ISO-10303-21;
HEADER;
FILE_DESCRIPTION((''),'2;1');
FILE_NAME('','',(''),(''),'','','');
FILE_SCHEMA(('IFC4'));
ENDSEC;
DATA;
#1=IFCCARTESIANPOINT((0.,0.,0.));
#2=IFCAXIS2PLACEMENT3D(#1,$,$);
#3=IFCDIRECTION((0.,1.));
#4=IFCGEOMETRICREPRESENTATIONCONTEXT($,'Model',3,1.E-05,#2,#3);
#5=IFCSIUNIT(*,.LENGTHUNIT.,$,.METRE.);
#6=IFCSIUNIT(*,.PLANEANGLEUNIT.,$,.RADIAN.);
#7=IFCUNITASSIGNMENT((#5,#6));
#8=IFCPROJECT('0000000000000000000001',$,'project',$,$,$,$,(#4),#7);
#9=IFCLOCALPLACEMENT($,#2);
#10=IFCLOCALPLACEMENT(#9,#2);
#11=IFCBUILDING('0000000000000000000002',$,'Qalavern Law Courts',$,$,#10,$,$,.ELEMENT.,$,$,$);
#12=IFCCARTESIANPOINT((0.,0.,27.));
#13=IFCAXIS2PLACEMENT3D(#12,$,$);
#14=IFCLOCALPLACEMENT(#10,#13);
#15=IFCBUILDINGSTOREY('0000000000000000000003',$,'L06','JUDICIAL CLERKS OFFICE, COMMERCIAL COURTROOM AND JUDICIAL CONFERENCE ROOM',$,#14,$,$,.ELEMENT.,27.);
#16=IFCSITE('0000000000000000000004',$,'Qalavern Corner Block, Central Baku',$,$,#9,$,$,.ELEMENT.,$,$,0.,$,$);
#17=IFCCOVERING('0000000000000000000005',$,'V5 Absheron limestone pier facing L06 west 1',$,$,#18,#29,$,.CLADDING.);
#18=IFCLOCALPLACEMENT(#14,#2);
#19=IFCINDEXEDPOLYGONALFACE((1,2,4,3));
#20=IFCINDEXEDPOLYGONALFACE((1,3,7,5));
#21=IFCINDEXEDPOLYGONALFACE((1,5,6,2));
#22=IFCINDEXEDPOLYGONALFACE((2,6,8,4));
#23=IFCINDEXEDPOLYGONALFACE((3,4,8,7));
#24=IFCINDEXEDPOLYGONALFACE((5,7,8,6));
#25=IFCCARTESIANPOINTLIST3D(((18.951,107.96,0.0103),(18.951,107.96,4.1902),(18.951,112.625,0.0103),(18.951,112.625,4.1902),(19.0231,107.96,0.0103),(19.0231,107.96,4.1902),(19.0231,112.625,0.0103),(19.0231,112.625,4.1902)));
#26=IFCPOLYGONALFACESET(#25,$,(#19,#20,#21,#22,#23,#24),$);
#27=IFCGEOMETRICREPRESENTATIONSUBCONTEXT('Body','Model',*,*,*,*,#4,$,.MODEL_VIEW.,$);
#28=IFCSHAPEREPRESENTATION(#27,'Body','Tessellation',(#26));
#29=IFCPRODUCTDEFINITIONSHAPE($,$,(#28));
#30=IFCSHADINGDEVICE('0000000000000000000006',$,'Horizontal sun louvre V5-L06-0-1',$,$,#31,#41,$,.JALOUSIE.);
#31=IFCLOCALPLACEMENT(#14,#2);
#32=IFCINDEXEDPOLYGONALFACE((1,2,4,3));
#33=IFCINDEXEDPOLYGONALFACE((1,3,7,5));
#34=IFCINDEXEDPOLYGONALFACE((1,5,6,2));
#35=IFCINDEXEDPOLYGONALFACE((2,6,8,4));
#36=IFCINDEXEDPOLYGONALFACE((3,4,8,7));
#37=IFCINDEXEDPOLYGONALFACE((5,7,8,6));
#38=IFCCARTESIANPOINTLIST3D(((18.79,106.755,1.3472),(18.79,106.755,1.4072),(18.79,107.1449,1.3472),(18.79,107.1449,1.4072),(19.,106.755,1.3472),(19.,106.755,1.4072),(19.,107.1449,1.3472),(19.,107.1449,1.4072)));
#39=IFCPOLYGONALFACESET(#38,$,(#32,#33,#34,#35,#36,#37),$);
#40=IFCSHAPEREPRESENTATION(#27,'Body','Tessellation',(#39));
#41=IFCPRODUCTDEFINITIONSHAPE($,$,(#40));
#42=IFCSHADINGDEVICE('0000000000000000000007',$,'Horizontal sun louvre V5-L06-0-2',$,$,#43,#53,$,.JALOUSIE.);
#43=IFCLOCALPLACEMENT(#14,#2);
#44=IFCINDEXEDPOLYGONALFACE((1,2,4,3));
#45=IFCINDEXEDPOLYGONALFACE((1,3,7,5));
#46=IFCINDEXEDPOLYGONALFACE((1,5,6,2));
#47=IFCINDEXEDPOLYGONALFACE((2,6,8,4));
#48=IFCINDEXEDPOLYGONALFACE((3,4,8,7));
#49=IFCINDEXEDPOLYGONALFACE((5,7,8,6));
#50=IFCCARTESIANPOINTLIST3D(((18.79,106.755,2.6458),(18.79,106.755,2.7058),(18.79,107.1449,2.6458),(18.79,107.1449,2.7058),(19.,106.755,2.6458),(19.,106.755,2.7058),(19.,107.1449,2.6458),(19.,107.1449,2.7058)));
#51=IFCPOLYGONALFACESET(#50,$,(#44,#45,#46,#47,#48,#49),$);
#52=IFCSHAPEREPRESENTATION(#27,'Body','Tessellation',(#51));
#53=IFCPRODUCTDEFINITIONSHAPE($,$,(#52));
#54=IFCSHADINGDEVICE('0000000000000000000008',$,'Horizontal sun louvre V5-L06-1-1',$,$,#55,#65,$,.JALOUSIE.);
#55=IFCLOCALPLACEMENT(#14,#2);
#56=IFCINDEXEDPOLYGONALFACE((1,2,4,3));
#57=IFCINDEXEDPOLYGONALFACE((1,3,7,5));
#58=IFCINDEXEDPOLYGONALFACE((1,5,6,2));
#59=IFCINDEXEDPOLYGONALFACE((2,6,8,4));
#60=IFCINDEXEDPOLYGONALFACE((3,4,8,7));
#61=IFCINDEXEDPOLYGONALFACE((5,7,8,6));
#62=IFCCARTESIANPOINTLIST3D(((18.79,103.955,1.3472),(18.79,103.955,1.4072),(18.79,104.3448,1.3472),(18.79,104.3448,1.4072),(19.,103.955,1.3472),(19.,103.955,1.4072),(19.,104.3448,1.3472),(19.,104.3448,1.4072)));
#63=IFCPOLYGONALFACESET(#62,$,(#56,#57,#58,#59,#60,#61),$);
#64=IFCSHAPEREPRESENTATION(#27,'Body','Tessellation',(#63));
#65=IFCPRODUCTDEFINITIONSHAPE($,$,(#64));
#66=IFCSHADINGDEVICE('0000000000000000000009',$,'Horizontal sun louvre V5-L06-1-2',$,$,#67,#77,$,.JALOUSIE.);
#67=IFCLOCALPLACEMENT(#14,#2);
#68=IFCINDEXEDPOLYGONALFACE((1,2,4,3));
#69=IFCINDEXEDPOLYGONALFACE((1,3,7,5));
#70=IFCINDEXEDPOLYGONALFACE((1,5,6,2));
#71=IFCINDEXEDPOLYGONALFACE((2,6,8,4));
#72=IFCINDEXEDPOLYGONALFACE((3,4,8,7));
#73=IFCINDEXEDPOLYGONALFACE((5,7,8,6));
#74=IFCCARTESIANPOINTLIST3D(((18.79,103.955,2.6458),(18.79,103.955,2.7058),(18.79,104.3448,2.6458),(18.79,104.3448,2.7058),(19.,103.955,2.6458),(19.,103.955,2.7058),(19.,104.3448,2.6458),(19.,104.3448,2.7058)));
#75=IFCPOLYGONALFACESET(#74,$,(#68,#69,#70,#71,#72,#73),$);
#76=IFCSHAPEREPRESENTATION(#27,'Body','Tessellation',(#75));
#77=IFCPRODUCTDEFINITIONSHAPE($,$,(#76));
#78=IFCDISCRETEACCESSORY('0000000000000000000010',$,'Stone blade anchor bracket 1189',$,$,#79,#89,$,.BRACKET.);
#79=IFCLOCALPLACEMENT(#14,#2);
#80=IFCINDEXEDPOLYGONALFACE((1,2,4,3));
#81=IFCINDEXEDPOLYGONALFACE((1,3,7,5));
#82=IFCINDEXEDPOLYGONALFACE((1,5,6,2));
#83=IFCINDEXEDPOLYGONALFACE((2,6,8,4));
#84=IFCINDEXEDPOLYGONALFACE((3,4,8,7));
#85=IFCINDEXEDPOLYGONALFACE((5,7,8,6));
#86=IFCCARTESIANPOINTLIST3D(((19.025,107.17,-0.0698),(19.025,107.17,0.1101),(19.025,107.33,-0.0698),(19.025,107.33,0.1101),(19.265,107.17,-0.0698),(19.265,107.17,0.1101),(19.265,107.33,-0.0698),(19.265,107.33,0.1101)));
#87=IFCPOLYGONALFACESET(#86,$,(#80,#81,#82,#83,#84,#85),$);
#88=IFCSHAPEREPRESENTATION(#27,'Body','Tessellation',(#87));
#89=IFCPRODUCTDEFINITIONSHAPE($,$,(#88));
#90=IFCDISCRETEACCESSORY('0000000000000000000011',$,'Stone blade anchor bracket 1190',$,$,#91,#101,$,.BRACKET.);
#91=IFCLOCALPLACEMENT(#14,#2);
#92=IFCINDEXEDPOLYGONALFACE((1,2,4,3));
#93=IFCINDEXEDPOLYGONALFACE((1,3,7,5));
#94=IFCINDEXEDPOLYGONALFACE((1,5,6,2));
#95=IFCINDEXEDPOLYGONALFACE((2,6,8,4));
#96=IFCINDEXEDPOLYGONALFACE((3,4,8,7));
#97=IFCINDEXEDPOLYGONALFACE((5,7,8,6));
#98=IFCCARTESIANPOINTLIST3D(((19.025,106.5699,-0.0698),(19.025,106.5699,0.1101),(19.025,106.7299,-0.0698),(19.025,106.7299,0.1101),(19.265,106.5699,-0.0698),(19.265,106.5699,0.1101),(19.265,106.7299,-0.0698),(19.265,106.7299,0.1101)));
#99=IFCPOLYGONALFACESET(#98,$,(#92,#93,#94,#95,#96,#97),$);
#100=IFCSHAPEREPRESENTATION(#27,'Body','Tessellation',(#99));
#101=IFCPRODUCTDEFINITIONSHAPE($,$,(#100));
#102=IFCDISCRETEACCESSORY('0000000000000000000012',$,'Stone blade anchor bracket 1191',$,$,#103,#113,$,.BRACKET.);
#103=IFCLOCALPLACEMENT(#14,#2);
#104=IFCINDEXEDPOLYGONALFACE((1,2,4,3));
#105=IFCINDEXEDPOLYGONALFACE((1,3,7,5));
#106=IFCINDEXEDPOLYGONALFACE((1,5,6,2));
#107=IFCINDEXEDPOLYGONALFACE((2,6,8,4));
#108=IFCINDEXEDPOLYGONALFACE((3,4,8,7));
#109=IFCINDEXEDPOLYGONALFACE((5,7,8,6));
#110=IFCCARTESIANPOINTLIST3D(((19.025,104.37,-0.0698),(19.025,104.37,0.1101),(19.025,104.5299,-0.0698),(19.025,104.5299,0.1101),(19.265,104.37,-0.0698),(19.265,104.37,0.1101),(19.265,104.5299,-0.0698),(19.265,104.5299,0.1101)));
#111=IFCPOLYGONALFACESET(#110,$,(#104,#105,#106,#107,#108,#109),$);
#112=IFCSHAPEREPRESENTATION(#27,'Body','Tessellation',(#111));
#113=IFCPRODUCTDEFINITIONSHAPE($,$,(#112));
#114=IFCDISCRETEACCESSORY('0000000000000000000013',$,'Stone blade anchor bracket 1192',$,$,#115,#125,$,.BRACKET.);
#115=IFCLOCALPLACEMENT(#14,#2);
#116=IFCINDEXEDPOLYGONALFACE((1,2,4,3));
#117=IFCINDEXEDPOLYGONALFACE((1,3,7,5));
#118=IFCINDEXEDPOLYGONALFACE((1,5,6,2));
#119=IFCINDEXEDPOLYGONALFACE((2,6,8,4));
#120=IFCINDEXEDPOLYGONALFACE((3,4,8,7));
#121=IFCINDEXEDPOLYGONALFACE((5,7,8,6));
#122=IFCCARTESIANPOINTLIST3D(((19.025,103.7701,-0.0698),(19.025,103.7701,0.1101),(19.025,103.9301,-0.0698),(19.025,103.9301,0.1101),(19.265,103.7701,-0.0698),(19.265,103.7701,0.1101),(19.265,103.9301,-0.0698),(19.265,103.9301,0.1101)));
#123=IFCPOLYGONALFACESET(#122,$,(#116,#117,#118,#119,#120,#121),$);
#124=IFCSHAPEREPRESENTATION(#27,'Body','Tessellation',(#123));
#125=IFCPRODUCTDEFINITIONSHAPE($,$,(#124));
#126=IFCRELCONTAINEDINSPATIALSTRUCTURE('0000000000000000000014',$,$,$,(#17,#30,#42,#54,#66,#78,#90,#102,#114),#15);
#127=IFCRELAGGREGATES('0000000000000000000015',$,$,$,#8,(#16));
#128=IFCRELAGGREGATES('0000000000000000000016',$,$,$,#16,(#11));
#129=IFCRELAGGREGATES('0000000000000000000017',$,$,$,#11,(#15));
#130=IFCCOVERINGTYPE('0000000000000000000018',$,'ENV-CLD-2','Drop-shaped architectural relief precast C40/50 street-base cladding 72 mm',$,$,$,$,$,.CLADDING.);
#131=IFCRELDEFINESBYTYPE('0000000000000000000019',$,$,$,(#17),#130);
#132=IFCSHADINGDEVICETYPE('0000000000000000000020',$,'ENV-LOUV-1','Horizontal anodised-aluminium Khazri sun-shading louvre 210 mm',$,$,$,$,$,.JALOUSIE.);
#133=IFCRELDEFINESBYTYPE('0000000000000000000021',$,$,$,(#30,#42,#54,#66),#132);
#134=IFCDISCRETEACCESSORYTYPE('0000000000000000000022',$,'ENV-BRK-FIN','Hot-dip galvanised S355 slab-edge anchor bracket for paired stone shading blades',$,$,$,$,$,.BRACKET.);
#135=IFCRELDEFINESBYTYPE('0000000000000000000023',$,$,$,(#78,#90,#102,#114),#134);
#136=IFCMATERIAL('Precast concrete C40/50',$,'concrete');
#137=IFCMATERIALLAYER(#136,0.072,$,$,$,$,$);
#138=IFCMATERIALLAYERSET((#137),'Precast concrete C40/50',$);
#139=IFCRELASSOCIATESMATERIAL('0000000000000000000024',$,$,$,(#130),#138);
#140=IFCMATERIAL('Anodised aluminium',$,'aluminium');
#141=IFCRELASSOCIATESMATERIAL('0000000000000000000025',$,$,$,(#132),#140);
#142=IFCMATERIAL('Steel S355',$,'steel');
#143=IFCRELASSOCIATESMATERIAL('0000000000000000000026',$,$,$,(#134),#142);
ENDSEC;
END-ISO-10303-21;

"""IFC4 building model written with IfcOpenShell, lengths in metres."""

from ifc_helpers import new_model, si_unit, direction, frame, origin, origin_2d, place, context, subcontext, project, spatial, rectangle, extrude, material, layer, layer_set, type_object, element, save


model = new_model("IFC4")

# Units and contexts
model_context = context("Model", 3, precision=1e-05, world=origin(), true_north=direction((0.0, 1.0)))
body_context = subcontext(model_context, "Body", "Model", "MODEL_VIEW")
ifc_project = project(units=[si_unit("LENGTHUNIT", "METRE"), si_unit("PLANEANGLEUNIT", "RADIAN")], contexts=[model_context])

# Site, building, storey
site_placement = place(None, origin())
site = spatial("IfcSite", under=ifc_project, at=site_placement, Name="Qalavern Corner Block, Central Baku", CompositionType="ELEMENT", RefElevation=0.0)
building_placement = place(site_placement, origin())
building = spatial("IfcBuilding", under=site, at=building_placement, Name="Qalavern Law Courts", CompositionType="ELEMENT")
storey_placement = place(building_placement, frame((0.0, 0.0, 27.0)))
storey = spatial("IfcBuildingStorey", under=building, at=storey_placement, Name="L06", Description="JUDICIAL CLERKS OFFICE, COMMERCIAL COURTROOM AND JUDICIAL CONFERENCE ROOM", CompositionType="ELEMENT", Elevation=27.0)

# Shared definitions
ifc_material_1 = material(Name="Anodised aluminium", Category="aluminium")

# Covering
ifc_material_2 = material(Name="Precast concrete C40/50", Category="concrete")
ifc_layer_1 = layer(ifc_material_2, 0.072)
ifc_layer_set_1 = layer_set([ifc_layer_1], Name="Precast concrete C40/50")
covering_type_1 = type_object("IfcCoveringType", Name="ENV-CLD-2", Description="Drop-shaped architectural relief precast C40/50 street-base cladding 72 mm", PredefinedType="CLADDING", material=ifc_layer_set_1)
covering_placement = place(storey_placement, frame((18.9871, 110.2925, 0.0103), z_axis=(0.0, 0.0, 1.0), x_axis=(0.0, -1.0, 0.0)))
element("IfcCovering", 1, at=covering_placement, inside=storey, type_object=covering_type_1, Name="V5 Absheron limestone pier facing L06 west 1", PredefinedType="CLADDING", context=body_context, shape_type="SweptSolid", body=[
    extrude(rectangle(XDim=4.665, YDim=0.072, at=origin_2d()), origin(), (0.0, 0.0, 1.0), 4.1799),
])

# Shading devices
shading_device_type = type_object("IfcShadingDeviceType", Name="ENV-LOUV-1", Description="Horizontal anodised-aluminium Khazri sun-shading louvre 210 mm", PredefinedType="JALOUSIE", material=ifc_material_1)
for number, where, z_axis, x_axis, name in (
    (2, (18.895, 106.95, 1.3472), (0.0, 0.0, 1.0), (0.0, -1.0, 0.0), "Horizontal sun louvre V5-L06-0-1"),
    (3, (18.895, 106.95, 2.6458), (0.0, 0.0, 1.0), (0.0, -1.0, 0.0), "Horizontal sun louvre V5-L06-0-2"),
    (4, (18.895, 104.1499, 1.3472), (0.0, 0.0, 1.0), (0.0, -1.0, 0.0), "Horizontal sun louvre V5-L06-1-1"),
    (5, (18.895, 104.1499, 2.6458), (0.0, 0.0, 1.0), (0.0, -1.0, 0.0), "Horizontal sun louvre V5-L06-1-2"),
):
    element("IfcShadingDevice", number, at=place(storey_placement, frame(where, z_axis=z_axis, x_axis=x_axis)), inside=storey, type_object=shading_device_type, Name=name, PredefinedType="JALOUSIE", context=body_context, shape_type="SweptSolid", body=[
        extrude(rectangle(XDim=0.3899, YDim=0.21, at=origin_2d()), origin(), (0.0, 0.0, 1.0), 0.0601),
    ])

# Discrete accessories
ifc_material_3 = material(Name="Steel S355", Category="steel")
discrete_accessory_type = type_object("IfcDiscreteAccessoryType", Name="ENV-BRK-FIN", Description="Hot-dip galvanised S355 slab-edge anchor bracket for paired stone shading blades", PredefinedType="BRACKET", material=ifc_material_3)
for number, where, z_axis, x_axis, name in (
    (6, (19.145, 107.25, -0.0698), (0.0, 0.0, 1.0), (-1.0, 0.0, 0.0), "Stone blade anchor bracket 1189"),
    (7, (19.145, 106.6499, -0.0698), (0.0, 0.0, 1.0), (-1.0, 0.0, 0.0), "Stone blade anchor bracket 1190"),
    (8, (19.145, 104.45, -0.0698), (0.0, 0.0, 1.0), (-1.0, 0.0, 0.0), "Stone blade anchor bracket 1191"),
    (9, (19.145, 103.8501, -0.0698), (0.0, 0.0, 1.0), (-1.0, 0.0, 0.0), "Stone blade anchor bracket 1192"),
):
    element("IfcDiscreteAccessory", number, at=place(storey_placement, frame(where, z_axis=z_axis, x_axis=x_axis)), inside=storey, type_object=discrete_accessory_type, Name=name, PredefinedType="BRACKET", context=body_context, shape_type="SweptSolid", body=[
        extrude(rectangle(XDim=0.24, YDim=0.1599, at=origin_2d()), origin(), (0.0, 0.0, 1.0), 0.1799),
    ])

save(model, "model.ifc")
